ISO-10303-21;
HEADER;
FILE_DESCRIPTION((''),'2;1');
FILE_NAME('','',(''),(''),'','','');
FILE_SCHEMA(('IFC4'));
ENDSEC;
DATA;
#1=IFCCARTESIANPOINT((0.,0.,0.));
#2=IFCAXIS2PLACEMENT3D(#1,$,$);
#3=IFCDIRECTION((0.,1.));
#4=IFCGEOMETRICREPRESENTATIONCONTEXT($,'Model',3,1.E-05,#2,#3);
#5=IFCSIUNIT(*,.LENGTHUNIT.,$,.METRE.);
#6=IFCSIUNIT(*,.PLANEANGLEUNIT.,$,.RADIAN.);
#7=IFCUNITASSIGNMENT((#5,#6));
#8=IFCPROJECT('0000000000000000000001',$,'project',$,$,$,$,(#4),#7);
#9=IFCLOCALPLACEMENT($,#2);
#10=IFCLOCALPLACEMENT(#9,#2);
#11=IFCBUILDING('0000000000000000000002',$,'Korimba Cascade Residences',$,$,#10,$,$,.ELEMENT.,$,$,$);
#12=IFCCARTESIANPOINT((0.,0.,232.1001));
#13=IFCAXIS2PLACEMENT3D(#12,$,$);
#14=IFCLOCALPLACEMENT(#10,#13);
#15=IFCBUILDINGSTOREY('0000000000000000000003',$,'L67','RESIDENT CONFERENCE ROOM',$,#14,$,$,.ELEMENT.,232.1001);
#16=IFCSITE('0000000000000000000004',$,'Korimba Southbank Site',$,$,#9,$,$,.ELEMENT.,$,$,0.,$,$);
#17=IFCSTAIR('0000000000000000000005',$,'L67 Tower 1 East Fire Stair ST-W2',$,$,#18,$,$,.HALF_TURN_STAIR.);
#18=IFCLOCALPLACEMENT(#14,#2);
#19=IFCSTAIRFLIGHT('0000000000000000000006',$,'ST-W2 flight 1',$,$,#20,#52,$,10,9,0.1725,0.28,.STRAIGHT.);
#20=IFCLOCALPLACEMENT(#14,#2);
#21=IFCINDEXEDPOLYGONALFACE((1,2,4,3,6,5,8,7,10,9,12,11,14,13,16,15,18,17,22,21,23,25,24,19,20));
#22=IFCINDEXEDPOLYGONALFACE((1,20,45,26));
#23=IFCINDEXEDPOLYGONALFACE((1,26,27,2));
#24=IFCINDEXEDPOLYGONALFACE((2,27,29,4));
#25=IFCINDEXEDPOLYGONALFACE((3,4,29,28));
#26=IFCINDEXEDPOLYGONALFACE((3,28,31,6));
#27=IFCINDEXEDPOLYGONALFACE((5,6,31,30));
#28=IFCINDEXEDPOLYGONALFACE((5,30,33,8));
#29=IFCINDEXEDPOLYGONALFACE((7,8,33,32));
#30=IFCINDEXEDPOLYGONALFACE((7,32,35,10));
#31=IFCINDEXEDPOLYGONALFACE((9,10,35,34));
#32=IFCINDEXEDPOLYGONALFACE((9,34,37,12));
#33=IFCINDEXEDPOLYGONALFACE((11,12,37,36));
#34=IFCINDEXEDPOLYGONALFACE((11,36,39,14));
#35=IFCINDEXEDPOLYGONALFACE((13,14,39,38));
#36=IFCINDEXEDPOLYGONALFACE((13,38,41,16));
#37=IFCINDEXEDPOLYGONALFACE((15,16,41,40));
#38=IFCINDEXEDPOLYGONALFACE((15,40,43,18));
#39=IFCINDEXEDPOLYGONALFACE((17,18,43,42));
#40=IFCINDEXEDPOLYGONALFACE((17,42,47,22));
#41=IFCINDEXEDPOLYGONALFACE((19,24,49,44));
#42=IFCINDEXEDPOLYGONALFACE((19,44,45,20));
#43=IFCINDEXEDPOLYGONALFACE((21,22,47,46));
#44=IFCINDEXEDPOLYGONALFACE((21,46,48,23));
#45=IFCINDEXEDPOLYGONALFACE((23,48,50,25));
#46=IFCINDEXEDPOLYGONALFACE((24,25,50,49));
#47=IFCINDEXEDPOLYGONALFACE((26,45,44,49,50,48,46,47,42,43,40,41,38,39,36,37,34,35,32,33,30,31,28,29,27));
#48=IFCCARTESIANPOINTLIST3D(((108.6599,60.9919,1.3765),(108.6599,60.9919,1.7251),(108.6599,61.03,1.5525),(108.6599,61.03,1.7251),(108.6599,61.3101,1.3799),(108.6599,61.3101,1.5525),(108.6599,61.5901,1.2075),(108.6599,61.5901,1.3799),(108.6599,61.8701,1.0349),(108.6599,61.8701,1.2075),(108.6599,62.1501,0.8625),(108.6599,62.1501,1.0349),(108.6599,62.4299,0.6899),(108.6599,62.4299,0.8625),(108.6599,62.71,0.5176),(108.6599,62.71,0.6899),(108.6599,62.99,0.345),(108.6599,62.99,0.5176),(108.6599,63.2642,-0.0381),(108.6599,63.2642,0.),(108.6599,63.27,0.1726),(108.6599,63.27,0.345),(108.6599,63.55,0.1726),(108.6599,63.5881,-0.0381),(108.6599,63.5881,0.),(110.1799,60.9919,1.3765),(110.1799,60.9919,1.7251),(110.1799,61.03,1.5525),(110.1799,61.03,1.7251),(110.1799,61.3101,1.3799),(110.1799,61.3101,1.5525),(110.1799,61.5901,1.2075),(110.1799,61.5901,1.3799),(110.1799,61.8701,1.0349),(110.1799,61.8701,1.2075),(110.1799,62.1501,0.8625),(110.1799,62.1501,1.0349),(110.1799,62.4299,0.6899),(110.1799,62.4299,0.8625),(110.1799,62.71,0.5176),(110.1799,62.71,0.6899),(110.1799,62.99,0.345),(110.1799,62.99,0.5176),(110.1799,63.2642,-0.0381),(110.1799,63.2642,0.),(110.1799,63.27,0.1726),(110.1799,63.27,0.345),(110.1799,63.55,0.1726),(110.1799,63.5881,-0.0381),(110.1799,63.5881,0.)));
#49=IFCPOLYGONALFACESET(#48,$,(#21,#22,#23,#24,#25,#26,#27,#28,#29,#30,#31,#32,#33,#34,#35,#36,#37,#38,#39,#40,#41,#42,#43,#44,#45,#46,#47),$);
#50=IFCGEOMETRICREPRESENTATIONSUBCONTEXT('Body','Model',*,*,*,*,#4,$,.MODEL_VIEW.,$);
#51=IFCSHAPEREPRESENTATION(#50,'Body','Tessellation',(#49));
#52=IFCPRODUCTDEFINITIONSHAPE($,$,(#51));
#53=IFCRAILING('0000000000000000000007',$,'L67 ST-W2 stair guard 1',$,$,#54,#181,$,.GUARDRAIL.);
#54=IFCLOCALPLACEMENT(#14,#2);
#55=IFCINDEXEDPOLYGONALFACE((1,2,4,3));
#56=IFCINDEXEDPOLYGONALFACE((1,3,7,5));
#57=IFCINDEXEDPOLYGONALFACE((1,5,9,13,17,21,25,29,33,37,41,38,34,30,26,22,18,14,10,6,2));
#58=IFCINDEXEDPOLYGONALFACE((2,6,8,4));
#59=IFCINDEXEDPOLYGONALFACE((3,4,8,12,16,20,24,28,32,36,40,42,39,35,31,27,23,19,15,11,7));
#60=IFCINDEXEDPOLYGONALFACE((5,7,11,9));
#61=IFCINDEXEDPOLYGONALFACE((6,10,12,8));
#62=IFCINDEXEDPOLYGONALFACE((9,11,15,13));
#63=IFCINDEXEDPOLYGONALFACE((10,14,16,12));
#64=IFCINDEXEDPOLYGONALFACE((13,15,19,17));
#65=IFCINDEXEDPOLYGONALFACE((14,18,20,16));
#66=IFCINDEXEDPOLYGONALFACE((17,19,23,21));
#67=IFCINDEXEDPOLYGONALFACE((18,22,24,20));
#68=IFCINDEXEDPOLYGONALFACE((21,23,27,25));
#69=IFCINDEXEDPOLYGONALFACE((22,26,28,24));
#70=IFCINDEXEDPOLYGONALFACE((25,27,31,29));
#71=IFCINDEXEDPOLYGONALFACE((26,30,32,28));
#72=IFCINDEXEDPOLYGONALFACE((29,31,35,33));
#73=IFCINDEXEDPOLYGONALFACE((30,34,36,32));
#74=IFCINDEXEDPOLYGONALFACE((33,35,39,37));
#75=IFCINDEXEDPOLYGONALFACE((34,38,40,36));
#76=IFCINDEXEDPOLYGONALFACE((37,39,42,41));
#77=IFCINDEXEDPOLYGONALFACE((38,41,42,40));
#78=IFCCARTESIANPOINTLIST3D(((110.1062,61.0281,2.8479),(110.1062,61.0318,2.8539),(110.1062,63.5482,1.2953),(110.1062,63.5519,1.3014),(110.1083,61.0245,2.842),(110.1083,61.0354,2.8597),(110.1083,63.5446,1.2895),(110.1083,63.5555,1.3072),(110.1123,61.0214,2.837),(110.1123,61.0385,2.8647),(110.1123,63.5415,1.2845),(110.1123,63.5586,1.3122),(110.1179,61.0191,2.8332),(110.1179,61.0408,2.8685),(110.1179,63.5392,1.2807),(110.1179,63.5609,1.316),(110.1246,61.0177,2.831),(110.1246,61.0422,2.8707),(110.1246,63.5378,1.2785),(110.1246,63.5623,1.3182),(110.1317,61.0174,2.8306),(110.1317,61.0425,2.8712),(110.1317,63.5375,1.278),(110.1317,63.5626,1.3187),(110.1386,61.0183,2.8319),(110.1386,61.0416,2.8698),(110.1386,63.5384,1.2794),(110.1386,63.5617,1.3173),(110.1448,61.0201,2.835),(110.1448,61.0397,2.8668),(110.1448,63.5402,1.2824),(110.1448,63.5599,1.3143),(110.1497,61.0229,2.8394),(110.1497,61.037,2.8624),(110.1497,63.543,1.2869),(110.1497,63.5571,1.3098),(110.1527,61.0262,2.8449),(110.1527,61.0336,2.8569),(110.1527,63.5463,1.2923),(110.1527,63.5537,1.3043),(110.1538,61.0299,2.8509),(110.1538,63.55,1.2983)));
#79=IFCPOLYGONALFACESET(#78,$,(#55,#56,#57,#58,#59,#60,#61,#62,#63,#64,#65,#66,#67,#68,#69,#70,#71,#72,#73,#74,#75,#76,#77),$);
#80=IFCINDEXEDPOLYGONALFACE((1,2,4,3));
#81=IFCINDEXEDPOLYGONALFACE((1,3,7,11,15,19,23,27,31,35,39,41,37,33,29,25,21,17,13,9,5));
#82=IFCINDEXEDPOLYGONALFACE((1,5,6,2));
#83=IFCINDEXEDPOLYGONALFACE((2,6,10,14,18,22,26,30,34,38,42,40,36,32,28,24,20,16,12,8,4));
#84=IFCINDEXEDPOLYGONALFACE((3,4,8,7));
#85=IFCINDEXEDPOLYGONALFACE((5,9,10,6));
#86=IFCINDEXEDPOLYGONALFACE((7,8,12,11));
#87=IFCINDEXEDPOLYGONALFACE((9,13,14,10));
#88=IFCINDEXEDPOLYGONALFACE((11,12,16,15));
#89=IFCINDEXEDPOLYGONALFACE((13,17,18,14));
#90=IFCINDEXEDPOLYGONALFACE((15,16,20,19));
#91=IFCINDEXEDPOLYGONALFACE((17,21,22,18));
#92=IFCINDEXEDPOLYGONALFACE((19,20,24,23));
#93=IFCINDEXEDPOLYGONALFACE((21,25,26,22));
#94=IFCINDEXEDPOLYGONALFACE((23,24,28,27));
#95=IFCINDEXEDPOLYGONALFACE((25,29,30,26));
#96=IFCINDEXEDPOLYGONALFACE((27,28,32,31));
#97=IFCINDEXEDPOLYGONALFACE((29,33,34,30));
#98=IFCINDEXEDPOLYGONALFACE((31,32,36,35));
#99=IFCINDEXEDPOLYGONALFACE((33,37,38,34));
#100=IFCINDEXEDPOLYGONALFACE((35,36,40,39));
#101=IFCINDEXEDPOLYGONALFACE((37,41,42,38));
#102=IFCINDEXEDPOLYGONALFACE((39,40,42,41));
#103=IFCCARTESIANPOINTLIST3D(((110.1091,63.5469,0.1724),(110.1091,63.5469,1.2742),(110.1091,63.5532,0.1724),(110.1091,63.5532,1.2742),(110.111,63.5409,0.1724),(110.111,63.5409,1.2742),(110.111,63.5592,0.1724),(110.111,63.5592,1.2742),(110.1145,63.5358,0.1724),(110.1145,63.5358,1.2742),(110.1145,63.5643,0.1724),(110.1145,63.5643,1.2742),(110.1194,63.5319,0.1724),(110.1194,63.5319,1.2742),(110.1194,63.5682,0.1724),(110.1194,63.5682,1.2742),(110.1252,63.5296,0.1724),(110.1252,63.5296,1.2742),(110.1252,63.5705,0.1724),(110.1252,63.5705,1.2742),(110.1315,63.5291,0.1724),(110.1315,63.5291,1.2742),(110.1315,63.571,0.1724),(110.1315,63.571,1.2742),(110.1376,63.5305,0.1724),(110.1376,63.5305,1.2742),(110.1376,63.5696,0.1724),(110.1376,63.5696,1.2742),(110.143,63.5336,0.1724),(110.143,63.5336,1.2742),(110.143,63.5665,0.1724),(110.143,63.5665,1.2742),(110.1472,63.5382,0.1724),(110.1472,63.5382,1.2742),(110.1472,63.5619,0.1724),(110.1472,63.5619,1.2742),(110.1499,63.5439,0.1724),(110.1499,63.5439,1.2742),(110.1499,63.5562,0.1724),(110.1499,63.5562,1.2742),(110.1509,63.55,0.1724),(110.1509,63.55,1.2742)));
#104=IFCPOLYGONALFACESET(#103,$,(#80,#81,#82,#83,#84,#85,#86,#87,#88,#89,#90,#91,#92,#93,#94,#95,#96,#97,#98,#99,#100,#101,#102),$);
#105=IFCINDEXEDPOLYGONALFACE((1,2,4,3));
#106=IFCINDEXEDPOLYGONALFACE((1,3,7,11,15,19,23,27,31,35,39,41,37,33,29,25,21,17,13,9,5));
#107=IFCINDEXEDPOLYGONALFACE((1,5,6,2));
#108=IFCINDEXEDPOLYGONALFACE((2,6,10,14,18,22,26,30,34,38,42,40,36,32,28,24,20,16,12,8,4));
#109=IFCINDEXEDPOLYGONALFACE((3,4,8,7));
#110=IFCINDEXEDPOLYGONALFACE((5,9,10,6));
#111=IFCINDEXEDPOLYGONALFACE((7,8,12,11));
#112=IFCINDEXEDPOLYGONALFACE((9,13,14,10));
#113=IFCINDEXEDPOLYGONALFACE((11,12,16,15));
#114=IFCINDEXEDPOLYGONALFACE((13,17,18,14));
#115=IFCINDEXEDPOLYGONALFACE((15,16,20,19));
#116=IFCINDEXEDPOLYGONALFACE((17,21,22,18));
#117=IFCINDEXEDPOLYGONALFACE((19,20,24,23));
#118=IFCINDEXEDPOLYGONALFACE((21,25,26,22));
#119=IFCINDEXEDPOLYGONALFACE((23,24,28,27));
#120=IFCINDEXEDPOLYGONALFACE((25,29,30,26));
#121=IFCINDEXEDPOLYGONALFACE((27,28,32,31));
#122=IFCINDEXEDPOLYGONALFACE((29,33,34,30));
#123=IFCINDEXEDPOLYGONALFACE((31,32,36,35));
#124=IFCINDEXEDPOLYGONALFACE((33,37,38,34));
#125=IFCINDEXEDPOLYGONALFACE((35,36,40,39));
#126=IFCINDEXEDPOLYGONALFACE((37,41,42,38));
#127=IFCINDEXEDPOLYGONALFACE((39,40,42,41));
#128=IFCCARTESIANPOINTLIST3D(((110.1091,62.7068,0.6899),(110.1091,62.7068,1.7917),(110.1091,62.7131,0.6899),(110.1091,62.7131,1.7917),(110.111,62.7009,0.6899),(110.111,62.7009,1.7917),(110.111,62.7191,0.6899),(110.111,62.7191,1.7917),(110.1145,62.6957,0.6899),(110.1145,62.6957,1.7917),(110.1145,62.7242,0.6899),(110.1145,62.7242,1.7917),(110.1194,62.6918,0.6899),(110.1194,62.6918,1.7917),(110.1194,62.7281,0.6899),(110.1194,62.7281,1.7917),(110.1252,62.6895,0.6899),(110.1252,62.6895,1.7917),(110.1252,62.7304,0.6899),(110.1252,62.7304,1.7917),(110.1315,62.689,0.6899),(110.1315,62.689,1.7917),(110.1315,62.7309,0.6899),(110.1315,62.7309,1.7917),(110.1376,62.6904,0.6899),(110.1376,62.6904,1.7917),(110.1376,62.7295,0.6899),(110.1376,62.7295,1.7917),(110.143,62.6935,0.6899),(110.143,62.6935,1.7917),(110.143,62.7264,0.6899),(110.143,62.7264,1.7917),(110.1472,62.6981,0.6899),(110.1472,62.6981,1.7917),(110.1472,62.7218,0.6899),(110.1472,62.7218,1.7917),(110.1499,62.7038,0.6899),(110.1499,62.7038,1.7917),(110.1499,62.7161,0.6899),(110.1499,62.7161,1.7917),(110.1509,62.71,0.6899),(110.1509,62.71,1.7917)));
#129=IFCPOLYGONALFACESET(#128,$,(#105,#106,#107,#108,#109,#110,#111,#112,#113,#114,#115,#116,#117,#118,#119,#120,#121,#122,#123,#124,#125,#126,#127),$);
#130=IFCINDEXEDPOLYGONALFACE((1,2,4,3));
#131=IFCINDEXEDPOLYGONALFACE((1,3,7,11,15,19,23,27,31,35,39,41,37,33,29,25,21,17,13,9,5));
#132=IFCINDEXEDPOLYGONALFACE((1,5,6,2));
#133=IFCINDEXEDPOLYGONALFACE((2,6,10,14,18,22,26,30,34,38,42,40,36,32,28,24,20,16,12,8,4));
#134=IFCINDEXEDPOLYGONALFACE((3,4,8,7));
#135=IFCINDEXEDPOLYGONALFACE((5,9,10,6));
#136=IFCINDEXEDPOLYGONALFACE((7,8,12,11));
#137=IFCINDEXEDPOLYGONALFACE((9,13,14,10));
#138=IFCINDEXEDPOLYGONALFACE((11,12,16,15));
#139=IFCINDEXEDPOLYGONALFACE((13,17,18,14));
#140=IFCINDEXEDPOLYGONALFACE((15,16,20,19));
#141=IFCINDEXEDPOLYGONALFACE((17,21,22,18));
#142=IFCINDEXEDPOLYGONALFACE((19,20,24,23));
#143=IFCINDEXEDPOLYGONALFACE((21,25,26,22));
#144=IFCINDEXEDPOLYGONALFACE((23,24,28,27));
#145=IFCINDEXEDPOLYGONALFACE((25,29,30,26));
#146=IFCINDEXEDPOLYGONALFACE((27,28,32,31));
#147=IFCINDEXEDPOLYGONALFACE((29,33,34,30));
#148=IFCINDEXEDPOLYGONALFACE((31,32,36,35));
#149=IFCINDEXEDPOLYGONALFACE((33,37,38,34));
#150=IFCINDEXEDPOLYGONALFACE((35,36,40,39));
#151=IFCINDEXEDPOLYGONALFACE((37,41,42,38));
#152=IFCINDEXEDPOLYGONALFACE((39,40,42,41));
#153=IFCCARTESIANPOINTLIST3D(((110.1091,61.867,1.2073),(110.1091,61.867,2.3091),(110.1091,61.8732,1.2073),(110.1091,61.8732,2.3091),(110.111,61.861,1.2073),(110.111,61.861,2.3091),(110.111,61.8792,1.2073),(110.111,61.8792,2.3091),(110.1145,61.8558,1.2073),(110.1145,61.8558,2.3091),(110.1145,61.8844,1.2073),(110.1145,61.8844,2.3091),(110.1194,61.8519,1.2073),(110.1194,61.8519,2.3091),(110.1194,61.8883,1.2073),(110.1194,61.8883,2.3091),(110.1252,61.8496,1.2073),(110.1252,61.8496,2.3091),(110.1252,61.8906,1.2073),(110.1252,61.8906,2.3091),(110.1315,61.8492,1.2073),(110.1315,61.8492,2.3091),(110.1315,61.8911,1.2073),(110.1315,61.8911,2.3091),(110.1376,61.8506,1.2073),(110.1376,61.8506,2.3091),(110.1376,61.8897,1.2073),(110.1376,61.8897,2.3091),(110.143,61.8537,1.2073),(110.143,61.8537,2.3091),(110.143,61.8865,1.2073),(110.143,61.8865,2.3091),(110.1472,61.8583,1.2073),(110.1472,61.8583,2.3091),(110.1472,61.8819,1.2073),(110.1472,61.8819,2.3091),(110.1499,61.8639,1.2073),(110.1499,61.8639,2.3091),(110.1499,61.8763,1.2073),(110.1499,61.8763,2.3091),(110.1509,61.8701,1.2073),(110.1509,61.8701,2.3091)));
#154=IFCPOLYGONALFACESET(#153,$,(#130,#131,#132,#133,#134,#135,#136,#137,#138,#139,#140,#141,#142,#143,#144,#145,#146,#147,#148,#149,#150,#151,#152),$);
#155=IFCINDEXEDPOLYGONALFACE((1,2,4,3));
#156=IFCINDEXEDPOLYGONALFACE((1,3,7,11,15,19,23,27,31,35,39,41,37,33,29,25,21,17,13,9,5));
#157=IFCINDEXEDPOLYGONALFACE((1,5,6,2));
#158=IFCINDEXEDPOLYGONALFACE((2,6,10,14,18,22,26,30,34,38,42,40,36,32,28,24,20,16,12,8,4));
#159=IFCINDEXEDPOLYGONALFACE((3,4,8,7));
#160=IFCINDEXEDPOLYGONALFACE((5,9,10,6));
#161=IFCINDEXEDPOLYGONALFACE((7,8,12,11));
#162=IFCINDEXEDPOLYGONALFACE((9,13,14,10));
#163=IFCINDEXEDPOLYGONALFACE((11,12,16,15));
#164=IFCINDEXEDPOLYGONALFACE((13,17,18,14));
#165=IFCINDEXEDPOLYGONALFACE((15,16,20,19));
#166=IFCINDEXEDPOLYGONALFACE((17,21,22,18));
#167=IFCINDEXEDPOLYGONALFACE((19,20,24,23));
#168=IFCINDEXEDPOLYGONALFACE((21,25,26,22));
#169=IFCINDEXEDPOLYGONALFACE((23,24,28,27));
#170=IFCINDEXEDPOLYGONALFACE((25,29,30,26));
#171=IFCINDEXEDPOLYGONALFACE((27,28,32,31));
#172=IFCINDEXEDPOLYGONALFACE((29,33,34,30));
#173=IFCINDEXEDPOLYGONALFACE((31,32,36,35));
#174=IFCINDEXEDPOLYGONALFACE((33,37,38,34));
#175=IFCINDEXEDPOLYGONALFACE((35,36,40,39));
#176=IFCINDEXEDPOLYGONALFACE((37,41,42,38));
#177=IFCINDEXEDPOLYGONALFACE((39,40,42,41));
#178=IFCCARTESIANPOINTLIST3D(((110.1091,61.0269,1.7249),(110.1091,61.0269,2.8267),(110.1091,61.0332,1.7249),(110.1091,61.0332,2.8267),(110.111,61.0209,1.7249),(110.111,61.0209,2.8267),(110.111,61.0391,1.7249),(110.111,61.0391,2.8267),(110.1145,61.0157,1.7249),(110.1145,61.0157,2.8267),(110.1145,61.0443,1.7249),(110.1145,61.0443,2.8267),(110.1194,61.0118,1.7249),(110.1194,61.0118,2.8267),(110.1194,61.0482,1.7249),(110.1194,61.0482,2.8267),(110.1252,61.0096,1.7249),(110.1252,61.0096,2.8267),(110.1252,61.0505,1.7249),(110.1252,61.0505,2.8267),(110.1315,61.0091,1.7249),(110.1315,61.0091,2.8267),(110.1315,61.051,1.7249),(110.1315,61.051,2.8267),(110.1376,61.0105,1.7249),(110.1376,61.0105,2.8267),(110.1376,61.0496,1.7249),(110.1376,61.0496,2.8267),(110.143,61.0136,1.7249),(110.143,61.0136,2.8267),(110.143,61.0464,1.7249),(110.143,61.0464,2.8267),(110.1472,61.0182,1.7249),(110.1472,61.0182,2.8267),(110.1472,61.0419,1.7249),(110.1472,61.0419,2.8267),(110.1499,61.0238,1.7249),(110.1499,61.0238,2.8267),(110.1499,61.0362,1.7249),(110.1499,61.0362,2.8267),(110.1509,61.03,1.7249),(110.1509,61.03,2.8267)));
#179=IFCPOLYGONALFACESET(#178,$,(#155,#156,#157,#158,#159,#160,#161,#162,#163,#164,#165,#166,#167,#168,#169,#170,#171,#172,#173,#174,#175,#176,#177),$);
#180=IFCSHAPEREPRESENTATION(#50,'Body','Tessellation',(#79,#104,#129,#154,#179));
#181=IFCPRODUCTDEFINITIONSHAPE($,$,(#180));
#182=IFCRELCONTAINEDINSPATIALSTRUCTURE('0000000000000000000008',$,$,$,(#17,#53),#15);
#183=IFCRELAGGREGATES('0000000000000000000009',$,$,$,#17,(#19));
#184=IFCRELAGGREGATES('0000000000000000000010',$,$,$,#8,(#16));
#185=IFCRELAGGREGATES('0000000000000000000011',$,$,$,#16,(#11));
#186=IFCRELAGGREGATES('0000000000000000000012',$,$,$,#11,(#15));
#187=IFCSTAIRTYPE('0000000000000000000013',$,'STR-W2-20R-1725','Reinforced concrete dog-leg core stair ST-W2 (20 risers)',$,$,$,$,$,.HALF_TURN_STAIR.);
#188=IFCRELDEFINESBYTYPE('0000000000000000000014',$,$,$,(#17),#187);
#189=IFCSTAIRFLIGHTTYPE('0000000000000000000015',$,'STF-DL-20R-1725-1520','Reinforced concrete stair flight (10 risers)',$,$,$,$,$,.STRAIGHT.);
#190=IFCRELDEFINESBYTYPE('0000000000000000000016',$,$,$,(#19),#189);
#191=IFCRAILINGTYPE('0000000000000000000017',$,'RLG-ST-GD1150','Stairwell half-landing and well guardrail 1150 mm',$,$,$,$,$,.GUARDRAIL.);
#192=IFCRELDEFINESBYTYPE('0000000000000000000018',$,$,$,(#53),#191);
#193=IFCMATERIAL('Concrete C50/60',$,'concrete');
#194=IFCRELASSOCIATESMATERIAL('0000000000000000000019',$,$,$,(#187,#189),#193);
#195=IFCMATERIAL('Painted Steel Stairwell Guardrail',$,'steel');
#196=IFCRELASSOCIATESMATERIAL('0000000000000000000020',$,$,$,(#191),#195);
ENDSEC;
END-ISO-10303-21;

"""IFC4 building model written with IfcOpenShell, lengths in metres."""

from ifc_helpers import new_model, si_unit, direction, frame, origin, origin_2d, place, context, subcontext, project, spatial, polyline, circle, outline, extrude, material, type_object, element, aggregate, save


model = new_model("IFC4")

# Units and contexts
model_context = context("Model", 3, precision=1e-05, world=origin(), true_north=direction((0.0, 1.0)))
body_context = subcontext(model_context, "Body", "Model", "MODEL_VIEW")
ifc_project = project(units=[si_unit("LENGTHUNIT", "METRE"), si_unit("PLANEANGLEUNIT", "RADIAN")], contexts=[model_context])

# Site, building, storey
site_placement = place(None, origin())
site = spatial("IfcSite", under=ifc_project, at=site_placement, Name="Korimba Southbank Site", CompositionType="ELEMENT", RefElevation=0.0)
building_placement = place(site_placement, origin())
building = spatial("IfcBuilding", under=site, at=building_placement, Name="Korimba Cascade Residences", CompositionType="ELEMENT")
storey_placement = place(building_placement, frame((0.0, 0.0, 232.1001)))
storey = spatial("IfcBuildingStorey", under=building, at=storey_placement, Name="L67", Description="RESIDENT CONFERENCE ROOM", CompositionType="ELEMENT", Elevation=232.1001)

# Shared definitions
ifc_material_1 = material(Name="Concrete C50/60", Category="concrete")

# Stair, stair flight
stair_type = type_object("IfcStairType", Name="STR-W2-20R-1725", Description="Reinforced concrete dog-leg core stair ST-W2 (20 risers)", PredefinedType="HALF_TURN_STAIR", material=ifc_material_1)
stair_placement = place(storey_placement, origin())
stair = element("IfcStair", 1, at=stair_placement, inside=storey, type_object=stair_type, Name="L67 Tower 1 East Fire Stair ST-W2", PredefinedType="HALF_TURN_STAIR")
stair_flight_type = type_object("IfcStairFlightType", Name="STF-DL-20R-1725-1520", Description="Reinforced concrete stair flight (10 risers)", PredefinedType="STRAIGHT", material=ifc_material_1)
stair_flight_placement = place(storey_placement, frame((109.4199, 63.55, 0.0), z_axis=(0.0, 0.0, 1.0), x_axis=(0.0, -1.0, 0.0)))
stair_flight = element("IfcStairFlight", 2, at=stair_flight_placement, type_object=stair_flight_type, Name="ST-W2 flight 1", NumberOfRisers=10, NumberOfTreads=9, PredefinedType="STRAIGHT", RiserHeight=0.1725, TreadLength=0.28, context=body_context, shape_type="SweptSolid", body=[
    extrude(outline(polyline([(-0.0381, 0.0), (0.0, 0.1726), (0.28, 0.1726), (0.28, 0.345), (0.5601, 0.345), (0.5601, 0.5176), (0.8401, 0.5176), (0.8401, 0.6899), (1.1201, 0.6899), (1.1201, 0.8625), (1.3999, 0.8625), (1.3999, 1.0349), (1.6799, 1.0349), (1.6799, 1.2075), (1.96, 1.2075), (1.96, 1.3799), (2.24, 1.3799), (2.24, 1.5525), (2.52, 1.5525), (2.52, 1.7251), (2.5581, 1.7251), (2.5581, 1.3765), (0.2859, 0.0), (0.2859, -0.0381), (-0.0381, -0.0381), (-0.0381, 0.0)])), frame((0.0, 0.76, 0.0), z_axis=(0.0, -1.0, 0.0), x_axis=(1.0, 0.0, 0.0)), (0.0, 0.0, 1.0), 1.52),
])
aggregate(stair, [stair_flight])

# Railing
ifc_material_2 = material(Name="Painted Steel Stairwell Guardrail", Category="steel")
railing_type_1 = type_object("IfcRailingType", Name="RLG-ST-GD1150", Description="Stairwell half-landing and well guardrail 1150 mm", PredefinedType="GUARDRAIL", material=ifc_material_2)
railing_1_placement = place(storey_placement, frame((110.1299, 63.55, 0.1724)))
element("IfcRailing", 3, at=railing_1_placement, inside=storey, type_object=railing_type_1, Name="L67 ST-W2 stair guard 1", PredefinedType="GUARDRAIL", context=body_context, shape_type="SweptSolid", body=[
    extrude(circle(Radius=0.0239, at=origin_2d()), frame((0.0, 0.0, 1.126), z_axis=(0.0, -0.8514, 0.524516), x_axis=(1.0, 0.0, 0.0)), (0.0, 0.0, 1.0), 2.96),
    extrude(circle(Radius=0.021, at=origin_2d()), origin(), (0.0, 0.0, 1.0), 1.1018),
    extrude(circle(Radius=0.021, at=origin_2d()), frame((0.0, -0.8401, 0.5176)), (0.0, 0.0, 1.0), 1.1018),
    extrude(circle(Radius=0.021, at=origin_2d()), frame((0.0, -1.6799, 1.0349)), (0.0, 0.0, 1.0), 1.1018),
    extrude(circle(Radius=0.021, at=origin_2d()), frame((0.0, -2.52, 1.5525)), (0.0, 0.0, 1.0), 1.1018),
])

save(model, "model.ifc")
